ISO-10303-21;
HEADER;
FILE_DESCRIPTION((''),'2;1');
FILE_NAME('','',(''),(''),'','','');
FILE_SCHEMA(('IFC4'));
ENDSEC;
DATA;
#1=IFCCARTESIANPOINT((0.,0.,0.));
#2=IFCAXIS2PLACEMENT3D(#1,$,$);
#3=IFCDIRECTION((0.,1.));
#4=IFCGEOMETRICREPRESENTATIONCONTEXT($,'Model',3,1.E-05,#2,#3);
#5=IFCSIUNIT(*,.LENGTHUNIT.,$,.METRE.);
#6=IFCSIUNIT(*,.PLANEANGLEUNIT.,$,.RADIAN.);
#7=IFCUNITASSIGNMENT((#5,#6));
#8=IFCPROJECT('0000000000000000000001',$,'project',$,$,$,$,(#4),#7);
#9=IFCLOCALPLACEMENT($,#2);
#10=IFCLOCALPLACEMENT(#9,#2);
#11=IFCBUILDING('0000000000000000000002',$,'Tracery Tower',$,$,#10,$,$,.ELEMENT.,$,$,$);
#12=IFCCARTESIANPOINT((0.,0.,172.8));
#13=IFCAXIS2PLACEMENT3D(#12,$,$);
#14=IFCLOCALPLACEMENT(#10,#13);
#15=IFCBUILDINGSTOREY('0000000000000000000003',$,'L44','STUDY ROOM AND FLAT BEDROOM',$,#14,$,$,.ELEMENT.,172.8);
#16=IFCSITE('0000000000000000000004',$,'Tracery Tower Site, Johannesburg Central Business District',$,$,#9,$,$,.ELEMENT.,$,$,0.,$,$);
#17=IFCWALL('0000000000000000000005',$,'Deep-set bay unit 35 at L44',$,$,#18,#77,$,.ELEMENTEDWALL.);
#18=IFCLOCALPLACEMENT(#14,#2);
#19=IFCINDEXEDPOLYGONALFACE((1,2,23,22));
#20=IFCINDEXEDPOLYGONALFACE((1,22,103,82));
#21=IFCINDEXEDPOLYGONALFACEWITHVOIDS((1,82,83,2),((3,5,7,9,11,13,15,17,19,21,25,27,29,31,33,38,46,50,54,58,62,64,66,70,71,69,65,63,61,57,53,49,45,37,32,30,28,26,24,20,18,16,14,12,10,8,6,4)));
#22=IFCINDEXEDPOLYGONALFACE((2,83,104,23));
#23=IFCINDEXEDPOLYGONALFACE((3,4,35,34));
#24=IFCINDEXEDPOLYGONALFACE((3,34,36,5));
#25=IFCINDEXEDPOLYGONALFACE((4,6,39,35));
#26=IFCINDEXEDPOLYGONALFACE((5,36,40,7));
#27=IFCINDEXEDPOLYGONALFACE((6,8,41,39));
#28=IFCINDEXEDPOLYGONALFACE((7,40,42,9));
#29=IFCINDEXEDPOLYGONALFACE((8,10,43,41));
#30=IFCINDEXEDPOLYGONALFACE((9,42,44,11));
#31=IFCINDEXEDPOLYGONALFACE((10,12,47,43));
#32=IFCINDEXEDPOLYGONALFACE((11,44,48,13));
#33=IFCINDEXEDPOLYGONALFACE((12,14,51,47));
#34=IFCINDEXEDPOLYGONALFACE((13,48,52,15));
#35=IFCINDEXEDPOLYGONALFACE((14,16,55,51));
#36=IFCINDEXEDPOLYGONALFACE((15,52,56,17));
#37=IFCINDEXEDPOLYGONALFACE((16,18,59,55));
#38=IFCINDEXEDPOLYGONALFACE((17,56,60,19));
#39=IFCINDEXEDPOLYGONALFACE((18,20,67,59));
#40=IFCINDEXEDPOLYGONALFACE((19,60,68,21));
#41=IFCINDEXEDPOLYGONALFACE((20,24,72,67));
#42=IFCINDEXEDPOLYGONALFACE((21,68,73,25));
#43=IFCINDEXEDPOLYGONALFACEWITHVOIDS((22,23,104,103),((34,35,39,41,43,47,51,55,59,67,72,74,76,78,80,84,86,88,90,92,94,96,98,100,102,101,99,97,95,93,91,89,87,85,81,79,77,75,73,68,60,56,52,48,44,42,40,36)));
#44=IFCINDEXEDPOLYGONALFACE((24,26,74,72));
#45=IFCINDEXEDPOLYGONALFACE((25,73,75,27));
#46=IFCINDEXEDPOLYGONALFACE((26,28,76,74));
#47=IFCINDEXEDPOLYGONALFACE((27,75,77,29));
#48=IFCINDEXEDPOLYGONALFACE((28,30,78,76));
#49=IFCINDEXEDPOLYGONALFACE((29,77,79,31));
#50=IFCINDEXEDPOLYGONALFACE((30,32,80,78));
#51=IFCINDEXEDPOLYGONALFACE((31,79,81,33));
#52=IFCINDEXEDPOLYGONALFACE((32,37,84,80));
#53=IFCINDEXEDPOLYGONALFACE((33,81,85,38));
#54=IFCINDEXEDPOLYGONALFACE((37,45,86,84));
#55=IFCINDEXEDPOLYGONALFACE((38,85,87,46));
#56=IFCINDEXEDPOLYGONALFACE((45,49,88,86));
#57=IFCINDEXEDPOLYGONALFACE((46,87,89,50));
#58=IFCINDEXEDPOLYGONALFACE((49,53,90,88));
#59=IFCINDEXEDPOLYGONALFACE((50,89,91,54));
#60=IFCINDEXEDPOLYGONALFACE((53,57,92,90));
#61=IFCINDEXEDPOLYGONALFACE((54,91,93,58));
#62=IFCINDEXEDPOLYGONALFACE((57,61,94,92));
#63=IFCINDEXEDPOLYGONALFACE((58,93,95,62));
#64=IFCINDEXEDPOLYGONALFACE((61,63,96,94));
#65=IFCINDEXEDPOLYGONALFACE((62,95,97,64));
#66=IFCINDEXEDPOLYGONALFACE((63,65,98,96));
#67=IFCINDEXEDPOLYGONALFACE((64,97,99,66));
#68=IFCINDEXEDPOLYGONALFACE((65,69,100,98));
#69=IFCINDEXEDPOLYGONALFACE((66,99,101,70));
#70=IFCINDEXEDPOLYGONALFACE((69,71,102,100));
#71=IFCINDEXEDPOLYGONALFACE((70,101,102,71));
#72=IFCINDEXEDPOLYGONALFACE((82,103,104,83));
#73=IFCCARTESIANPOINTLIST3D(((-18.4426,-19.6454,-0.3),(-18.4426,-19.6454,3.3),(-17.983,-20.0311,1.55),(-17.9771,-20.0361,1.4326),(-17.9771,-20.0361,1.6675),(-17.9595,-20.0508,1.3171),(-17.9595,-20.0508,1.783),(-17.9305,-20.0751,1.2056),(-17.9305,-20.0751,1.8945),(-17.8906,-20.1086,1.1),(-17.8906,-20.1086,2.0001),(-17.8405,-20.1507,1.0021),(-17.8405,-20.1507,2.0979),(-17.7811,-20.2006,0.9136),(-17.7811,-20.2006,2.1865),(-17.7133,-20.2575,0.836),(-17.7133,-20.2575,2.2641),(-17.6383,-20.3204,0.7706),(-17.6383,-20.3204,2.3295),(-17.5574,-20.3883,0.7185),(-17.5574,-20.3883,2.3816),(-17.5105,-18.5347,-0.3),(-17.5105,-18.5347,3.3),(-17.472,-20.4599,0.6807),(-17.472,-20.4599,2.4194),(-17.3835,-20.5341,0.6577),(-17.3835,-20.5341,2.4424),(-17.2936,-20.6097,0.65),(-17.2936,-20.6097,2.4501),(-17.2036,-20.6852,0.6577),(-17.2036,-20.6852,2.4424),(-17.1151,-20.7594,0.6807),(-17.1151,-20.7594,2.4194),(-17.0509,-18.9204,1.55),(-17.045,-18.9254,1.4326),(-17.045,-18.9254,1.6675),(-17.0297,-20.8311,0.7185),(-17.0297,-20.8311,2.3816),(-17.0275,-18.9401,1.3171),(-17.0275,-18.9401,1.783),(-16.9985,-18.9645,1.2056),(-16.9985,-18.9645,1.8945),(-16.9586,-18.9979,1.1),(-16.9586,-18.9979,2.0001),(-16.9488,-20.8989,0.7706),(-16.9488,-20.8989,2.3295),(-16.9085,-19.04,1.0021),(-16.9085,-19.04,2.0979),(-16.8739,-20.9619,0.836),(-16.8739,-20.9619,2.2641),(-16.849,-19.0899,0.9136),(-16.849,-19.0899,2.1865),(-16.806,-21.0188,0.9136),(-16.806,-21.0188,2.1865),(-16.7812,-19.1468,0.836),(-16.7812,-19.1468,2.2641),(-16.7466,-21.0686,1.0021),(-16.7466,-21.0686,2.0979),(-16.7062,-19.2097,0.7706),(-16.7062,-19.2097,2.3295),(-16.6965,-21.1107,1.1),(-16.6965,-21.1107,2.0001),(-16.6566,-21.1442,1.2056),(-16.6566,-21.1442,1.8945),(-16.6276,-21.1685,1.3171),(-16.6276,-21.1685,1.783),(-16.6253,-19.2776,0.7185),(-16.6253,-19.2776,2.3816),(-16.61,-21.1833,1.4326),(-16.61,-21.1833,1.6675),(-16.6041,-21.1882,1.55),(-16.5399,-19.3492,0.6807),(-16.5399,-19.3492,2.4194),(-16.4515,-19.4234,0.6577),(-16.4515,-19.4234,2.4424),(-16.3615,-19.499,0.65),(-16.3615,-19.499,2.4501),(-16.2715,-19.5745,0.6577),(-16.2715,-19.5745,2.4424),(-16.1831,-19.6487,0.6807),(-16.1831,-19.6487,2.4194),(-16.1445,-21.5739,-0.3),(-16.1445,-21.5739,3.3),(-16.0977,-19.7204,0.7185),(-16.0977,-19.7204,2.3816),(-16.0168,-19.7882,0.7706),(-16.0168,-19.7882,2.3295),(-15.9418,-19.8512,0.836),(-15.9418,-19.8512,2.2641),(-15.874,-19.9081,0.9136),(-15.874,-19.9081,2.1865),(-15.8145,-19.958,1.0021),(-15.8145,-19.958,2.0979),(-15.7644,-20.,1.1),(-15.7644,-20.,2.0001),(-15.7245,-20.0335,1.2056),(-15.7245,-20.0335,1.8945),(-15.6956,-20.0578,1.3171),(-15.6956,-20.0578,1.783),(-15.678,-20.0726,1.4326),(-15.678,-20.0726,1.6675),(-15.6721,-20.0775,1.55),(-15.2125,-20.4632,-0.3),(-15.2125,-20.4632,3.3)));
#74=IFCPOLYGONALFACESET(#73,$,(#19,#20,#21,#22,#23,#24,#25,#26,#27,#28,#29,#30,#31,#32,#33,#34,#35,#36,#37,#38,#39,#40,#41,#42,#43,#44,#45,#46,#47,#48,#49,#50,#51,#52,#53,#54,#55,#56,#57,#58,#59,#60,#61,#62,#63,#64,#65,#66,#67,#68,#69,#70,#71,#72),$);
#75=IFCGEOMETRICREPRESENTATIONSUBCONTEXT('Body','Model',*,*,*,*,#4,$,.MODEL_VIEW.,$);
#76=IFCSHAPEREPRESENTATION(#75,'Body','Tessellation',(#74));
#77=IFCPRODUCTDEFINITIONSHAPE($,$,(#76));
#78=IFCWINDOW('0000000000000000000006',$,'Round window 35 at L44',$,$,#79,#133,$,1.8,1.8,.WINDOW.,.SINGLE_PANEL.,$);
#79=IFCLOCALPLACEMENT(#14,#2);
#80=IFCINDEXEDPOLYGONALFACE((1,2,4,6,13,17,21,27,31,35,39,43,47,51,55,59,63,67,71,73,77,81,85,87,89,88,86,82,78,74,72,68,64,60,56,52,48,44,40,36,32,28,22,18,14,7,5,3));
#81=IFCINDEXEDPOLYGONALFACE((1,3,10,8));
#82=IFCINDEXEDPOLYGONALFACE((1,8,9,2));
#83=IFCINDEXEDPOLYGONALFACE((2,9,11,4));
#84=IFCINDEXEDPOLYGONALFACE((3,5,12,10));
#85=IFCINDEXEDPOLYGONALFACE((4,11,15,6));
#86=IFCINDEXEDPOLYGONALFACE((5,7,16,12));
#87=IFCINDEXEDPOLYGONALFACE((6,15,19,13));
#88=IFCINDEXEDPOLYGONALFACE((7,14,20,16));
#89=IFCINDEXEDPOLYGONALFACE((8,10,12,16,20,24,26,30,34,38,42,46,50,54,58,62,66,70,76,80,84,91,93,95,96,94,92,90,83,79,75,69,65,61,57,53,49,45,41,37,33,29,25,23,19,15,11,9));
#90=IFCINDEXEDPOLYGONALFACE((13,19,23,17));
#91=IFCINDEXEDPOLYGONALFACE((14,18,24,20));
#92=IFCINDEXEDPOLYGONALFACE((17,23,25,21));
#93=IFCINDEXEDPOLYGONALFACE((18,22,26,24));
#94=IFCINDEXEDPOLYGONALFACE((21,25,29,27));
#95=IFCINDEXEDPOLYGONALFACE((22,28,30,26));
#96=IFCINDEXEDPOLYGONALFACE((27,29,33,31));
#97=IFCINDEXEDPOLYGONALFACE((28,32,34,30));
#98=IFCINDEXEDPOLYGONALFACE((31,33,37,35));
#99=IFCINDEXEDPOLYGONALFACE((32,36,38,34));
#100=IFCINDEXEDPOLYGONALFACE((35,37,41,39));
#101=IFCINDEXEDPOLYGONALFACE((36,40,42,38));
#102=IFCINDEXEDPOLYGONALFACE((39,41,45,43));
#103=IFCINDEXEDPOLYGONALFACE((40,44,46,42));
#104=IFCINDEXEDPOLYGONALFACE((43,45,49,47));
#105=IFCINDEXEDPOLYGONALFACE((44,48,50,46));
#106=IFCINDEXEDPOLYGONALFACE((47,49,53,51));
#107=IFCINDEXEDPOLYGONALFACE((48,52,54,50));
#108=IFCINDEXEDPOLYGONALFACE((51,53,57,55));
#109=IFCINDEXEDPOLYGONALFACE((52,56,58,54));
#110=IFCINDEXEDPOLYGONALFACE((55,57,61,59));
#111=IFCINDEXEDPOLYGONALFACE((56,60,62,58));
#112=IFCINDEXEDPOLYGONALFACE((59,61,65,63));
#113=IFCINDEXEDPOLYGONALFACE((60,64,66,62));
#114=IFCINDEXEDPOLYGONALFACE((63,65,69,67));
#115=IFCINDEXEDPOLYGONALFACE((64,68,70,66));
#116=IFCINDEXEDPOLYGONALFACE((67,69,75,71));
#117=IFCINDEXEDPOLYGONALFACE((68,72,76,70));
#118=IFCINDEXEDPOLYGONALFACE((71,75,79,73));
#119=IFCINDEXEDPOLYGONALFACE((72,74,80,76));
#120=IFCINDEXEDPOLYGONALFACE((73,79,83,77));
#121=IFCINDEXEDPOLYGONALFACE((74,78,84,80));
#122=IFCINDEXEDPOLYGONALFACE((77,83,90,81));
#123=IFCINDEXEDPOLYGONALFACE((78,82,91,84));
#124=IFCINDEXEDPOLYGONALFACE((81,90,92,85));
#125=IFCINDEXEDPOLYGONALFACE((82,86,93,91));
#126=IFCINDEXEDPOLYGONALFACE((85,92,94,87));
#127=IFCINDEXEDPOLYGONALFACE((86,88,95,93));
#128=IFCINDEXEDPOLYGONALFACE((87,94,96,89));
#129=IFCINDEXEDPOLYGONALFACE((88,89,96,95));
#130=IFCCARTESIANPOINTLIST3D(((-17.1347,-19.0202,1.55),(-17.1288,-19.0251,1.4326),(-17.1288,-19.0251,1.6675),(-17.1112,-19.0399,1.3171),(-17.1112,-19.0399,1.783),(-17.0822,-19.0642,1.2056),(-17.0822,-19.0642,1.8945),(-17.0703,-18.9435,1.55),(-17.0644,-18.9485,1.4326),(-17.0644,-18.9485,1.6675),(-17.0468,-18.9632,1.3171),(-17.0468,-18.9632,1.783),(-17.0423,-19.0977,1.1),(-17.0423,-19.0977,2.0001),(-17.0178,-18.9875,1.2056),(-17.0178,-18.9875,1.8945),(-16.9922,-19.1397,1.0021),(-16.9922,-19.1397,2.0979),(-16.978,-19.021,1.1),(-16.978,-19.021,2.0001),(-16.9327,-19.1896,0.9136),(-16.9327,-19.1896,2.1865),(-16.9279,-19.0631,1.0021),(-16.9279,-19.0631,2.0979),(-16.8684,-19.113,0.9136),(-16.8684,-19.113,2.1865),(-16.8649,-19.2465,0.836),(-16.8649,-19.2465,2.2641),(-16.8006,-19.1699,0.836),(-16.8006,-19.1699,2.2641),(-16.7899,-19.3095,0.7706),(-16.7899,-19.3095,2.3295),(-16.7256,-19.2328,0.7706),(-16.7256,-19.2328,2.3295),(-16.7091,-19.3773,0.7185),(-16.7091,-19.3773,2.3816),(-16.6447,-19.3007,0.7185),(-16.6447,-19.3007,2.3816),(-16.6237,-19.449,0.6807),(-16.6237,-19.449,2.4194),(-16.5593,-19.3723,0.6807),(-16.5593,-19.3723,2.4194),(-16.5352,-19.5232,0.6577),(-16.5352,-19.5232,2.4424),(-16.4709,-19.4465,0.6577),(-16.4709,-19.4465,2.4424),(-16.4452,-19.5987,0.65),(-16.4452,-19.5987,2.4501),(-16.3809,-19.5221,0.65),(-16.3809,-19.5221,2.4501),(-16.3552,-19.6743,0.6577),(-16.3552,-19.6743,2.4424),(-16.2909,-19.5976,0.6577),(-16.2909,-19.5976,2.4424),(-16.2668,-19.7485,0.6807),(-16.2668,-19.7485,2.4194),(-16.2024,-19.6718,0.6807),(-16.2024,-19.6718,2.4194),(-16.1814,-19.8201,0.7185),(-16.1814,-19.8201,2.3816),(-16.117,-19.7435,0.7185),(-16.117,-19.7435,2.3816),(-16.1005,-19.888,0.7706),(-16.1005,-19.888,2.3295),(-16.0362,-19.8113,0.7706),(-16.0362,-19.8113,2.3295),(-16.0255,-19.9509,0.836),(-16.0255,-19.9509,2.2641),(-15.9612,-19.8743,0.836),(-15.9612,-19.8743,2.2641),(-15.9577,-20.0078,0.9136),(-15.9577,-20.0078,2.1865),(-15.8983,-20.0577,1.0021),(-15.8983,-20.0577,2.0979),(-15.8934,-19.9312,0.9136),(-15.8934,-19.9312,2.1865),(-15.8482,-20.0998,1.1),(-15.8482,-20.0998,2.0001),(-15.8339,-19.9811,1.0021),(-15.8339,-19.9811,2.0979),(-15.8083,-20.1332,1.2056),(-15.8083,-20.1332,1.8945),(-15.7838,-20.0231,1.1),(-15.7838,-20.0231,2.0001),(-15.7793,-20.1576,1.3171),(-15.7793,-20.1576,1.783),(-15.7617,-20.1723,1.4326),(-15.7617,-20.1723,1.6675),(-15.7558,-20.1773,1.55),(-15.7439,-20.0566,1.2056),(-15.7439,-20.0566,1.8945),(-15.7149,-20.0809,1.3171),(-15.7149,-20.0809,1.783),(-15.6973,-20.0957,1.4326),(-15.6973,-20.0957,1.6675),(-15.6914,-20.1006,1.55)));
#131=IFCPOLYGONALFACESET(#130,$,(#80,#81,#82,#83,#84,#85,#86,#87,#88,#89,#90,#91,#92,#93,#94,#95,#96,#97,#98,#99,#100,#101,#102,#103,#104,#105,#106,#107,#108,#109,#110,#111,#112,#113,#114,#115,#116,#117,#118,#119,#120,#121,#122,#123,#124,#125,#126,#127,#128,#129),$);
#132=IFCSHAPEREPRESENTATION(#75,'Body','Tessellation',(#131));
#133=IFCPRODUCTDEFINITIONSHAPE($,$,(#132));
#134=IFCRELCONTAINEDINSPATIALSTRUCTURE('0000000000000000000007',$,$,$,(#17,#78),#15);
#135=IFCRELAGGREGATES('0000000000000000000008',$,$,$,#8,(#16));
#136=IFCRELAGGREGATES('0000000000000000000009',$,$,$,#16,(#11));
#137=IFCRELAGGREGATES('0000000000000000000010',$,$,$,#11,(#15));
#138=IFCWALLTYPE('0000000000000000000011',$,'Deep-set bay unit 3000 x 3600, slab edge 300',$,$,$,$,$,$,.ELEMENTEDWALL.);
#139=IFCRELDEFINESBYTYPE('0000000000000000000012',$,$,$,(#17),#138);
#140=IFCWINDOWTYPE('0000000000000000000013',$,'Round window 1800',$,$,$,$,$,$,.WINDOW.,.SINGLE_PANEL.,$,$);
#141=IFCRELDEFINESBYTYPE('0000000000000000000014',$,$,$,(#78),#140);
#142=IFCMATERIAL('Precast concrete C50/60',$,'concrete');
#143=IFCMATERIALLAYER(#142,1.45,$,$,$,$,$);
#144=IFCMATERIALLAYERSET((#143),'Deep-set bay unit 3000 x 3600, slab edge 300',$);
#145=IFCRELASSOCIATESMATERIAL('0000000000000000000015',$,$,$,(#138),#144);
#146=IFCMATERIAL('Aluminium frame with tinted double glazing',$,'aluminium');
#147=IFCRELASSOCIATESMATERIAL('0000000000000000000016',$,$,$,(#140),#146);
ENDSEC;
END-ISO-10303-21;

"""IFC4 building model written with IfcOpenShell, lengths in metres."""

from ifc_helpers import new_model, si_unit, direction, frame, frame_2d, origin, origin_2d, place, context, subcontext, project, spatial, rectangle, circle, extrude, material, layer, layer_set, type_object, element, fill, save


model = new_model("IFC4")

# Units and contexts
model_context = context("Model", 3, precision=1e-05, world=origin(), true_north=direction((0.0, 1.0)))
body_context = subcontext(model_context, "Body", "Model", "MODEL_VIEW")
ifc_project = project(units=[si_unit("LENGTHUNIT", "METRE"), si_unit("PLANEANGLEUNIT", "RADIAN")], contexts=[model_context])

# Site, building, storey
site_placement = place(None, origin())
site = spatial("IfcSite", under=ifc_project, at=site_placement, Name="Tracery Tower Site, Johannesburg Central Business District", CompositionType="ELEMENT", RefElevation=0.0)
building_placement = place(site_placement, origin())
building = spatial("IfcBuilding", under=site, at=building_placement, Name="Tracery Tower", CompositionType="ELEMENT")
storey_placement = place(building_placement, frame((0.0, 0.0, 172.8)))
storey = spatial("IfcBuildingStorey", under=building, at=storey_placement, Name="L44", Description="STUDY ROOM AND FLAT BEDROOM", CompositionType="ELEMENT", Elevation=172.8)

# Wall, opening, window
ifc_material_1 = material(Name="Precast concrete C50/60", Category="concrete")
ifc_layer_1 = layer(ifc_material_1, 1.45)
ifc_layer_set_1 = layer_set([ifc_layer_1], Name="Deep-set bay unit 3000 x 3600, slab edge 300")
wall_type_1 = type_object("IfcWallType", Name="Deep-set bay unit 3000 x 3600, slab edge 300", PredefinedType="ELEMENTEDWALL", material=ifc_layer_set_1)
ifc_material_2 = material(Name="Aluminium frame with tinted double glazing", Category="aluminium")
window_type = type_object("IfcWindowType", Name="Round window 1800", PartitioningType="SINGLE_PANEL", PredefinedType="WINDOW", material=ifc_material_2)
wall_1_placement = place(storey_placement, frame((-17.9766, -19.0901, -0.3), z_axis=(0.0, 0.0, 1.0), x_axis=(0.766022, -0.642814, 0.0)))
wall_1 = element("IfcWall", 1, at=wall_1_placement, inside=storey, type_object=wall_type_1, Name="Deep-set bay unit 35 at L44", PredefinedType="ELEMENTEDWALL", context=body_context, shape_type="SweptSolid", body=[
    extrude(rectangle(XDim=3.0, YDim=1.45, at=frame_2d((1.5, 0.0))), origin(), (0.0, 0.0, 1.0), 3.6001),
])
opening_1_placement = place(wall_1_placement, frame((1.5, 0.0, 1.8501)))
opening_1 = element("IfcOpeningElement", 2, at=opening_1_placement, cuts=wall_1, PredefinedType="OPENING", context=body_context, shape_type="SweptSolid", body=[
    extrude(circle(Radius=0.9, at=origin_2d()), frame((0.0, 0.7349, 0.0), z_axis=(0.0, -1.0, 0.0), x_axis=(1.0, 0.0, 0.0)), (0.0, 0.0, 1.0), 1.47),
])
window_1_placement = place(opening_1_placement, origin())
window_1 = element("IfcWindow", 3, at=window_1_placement, inside=storey, type_object=window_type, Name="Round window 35 at L44", OverallHeight=1.8, OverallWidth=1.8, PartitioningType="SINGLE_PANEL", PredefinedType="WINDOW", context=body_context, shape_type="SweptSolid", body=[
    extrude(circle(Radius=0.9, at=origin_2d()), frame((0.0, 0.6948, 0.0), z_axis=(0.0, -1.0, 0.0), x_axis=(1.0, 0.0, 0.0)), (0.0, 0.0, 1.0), 0.1001),
])
fill(opening_1, window_1)

save(model, "model.ifc")
